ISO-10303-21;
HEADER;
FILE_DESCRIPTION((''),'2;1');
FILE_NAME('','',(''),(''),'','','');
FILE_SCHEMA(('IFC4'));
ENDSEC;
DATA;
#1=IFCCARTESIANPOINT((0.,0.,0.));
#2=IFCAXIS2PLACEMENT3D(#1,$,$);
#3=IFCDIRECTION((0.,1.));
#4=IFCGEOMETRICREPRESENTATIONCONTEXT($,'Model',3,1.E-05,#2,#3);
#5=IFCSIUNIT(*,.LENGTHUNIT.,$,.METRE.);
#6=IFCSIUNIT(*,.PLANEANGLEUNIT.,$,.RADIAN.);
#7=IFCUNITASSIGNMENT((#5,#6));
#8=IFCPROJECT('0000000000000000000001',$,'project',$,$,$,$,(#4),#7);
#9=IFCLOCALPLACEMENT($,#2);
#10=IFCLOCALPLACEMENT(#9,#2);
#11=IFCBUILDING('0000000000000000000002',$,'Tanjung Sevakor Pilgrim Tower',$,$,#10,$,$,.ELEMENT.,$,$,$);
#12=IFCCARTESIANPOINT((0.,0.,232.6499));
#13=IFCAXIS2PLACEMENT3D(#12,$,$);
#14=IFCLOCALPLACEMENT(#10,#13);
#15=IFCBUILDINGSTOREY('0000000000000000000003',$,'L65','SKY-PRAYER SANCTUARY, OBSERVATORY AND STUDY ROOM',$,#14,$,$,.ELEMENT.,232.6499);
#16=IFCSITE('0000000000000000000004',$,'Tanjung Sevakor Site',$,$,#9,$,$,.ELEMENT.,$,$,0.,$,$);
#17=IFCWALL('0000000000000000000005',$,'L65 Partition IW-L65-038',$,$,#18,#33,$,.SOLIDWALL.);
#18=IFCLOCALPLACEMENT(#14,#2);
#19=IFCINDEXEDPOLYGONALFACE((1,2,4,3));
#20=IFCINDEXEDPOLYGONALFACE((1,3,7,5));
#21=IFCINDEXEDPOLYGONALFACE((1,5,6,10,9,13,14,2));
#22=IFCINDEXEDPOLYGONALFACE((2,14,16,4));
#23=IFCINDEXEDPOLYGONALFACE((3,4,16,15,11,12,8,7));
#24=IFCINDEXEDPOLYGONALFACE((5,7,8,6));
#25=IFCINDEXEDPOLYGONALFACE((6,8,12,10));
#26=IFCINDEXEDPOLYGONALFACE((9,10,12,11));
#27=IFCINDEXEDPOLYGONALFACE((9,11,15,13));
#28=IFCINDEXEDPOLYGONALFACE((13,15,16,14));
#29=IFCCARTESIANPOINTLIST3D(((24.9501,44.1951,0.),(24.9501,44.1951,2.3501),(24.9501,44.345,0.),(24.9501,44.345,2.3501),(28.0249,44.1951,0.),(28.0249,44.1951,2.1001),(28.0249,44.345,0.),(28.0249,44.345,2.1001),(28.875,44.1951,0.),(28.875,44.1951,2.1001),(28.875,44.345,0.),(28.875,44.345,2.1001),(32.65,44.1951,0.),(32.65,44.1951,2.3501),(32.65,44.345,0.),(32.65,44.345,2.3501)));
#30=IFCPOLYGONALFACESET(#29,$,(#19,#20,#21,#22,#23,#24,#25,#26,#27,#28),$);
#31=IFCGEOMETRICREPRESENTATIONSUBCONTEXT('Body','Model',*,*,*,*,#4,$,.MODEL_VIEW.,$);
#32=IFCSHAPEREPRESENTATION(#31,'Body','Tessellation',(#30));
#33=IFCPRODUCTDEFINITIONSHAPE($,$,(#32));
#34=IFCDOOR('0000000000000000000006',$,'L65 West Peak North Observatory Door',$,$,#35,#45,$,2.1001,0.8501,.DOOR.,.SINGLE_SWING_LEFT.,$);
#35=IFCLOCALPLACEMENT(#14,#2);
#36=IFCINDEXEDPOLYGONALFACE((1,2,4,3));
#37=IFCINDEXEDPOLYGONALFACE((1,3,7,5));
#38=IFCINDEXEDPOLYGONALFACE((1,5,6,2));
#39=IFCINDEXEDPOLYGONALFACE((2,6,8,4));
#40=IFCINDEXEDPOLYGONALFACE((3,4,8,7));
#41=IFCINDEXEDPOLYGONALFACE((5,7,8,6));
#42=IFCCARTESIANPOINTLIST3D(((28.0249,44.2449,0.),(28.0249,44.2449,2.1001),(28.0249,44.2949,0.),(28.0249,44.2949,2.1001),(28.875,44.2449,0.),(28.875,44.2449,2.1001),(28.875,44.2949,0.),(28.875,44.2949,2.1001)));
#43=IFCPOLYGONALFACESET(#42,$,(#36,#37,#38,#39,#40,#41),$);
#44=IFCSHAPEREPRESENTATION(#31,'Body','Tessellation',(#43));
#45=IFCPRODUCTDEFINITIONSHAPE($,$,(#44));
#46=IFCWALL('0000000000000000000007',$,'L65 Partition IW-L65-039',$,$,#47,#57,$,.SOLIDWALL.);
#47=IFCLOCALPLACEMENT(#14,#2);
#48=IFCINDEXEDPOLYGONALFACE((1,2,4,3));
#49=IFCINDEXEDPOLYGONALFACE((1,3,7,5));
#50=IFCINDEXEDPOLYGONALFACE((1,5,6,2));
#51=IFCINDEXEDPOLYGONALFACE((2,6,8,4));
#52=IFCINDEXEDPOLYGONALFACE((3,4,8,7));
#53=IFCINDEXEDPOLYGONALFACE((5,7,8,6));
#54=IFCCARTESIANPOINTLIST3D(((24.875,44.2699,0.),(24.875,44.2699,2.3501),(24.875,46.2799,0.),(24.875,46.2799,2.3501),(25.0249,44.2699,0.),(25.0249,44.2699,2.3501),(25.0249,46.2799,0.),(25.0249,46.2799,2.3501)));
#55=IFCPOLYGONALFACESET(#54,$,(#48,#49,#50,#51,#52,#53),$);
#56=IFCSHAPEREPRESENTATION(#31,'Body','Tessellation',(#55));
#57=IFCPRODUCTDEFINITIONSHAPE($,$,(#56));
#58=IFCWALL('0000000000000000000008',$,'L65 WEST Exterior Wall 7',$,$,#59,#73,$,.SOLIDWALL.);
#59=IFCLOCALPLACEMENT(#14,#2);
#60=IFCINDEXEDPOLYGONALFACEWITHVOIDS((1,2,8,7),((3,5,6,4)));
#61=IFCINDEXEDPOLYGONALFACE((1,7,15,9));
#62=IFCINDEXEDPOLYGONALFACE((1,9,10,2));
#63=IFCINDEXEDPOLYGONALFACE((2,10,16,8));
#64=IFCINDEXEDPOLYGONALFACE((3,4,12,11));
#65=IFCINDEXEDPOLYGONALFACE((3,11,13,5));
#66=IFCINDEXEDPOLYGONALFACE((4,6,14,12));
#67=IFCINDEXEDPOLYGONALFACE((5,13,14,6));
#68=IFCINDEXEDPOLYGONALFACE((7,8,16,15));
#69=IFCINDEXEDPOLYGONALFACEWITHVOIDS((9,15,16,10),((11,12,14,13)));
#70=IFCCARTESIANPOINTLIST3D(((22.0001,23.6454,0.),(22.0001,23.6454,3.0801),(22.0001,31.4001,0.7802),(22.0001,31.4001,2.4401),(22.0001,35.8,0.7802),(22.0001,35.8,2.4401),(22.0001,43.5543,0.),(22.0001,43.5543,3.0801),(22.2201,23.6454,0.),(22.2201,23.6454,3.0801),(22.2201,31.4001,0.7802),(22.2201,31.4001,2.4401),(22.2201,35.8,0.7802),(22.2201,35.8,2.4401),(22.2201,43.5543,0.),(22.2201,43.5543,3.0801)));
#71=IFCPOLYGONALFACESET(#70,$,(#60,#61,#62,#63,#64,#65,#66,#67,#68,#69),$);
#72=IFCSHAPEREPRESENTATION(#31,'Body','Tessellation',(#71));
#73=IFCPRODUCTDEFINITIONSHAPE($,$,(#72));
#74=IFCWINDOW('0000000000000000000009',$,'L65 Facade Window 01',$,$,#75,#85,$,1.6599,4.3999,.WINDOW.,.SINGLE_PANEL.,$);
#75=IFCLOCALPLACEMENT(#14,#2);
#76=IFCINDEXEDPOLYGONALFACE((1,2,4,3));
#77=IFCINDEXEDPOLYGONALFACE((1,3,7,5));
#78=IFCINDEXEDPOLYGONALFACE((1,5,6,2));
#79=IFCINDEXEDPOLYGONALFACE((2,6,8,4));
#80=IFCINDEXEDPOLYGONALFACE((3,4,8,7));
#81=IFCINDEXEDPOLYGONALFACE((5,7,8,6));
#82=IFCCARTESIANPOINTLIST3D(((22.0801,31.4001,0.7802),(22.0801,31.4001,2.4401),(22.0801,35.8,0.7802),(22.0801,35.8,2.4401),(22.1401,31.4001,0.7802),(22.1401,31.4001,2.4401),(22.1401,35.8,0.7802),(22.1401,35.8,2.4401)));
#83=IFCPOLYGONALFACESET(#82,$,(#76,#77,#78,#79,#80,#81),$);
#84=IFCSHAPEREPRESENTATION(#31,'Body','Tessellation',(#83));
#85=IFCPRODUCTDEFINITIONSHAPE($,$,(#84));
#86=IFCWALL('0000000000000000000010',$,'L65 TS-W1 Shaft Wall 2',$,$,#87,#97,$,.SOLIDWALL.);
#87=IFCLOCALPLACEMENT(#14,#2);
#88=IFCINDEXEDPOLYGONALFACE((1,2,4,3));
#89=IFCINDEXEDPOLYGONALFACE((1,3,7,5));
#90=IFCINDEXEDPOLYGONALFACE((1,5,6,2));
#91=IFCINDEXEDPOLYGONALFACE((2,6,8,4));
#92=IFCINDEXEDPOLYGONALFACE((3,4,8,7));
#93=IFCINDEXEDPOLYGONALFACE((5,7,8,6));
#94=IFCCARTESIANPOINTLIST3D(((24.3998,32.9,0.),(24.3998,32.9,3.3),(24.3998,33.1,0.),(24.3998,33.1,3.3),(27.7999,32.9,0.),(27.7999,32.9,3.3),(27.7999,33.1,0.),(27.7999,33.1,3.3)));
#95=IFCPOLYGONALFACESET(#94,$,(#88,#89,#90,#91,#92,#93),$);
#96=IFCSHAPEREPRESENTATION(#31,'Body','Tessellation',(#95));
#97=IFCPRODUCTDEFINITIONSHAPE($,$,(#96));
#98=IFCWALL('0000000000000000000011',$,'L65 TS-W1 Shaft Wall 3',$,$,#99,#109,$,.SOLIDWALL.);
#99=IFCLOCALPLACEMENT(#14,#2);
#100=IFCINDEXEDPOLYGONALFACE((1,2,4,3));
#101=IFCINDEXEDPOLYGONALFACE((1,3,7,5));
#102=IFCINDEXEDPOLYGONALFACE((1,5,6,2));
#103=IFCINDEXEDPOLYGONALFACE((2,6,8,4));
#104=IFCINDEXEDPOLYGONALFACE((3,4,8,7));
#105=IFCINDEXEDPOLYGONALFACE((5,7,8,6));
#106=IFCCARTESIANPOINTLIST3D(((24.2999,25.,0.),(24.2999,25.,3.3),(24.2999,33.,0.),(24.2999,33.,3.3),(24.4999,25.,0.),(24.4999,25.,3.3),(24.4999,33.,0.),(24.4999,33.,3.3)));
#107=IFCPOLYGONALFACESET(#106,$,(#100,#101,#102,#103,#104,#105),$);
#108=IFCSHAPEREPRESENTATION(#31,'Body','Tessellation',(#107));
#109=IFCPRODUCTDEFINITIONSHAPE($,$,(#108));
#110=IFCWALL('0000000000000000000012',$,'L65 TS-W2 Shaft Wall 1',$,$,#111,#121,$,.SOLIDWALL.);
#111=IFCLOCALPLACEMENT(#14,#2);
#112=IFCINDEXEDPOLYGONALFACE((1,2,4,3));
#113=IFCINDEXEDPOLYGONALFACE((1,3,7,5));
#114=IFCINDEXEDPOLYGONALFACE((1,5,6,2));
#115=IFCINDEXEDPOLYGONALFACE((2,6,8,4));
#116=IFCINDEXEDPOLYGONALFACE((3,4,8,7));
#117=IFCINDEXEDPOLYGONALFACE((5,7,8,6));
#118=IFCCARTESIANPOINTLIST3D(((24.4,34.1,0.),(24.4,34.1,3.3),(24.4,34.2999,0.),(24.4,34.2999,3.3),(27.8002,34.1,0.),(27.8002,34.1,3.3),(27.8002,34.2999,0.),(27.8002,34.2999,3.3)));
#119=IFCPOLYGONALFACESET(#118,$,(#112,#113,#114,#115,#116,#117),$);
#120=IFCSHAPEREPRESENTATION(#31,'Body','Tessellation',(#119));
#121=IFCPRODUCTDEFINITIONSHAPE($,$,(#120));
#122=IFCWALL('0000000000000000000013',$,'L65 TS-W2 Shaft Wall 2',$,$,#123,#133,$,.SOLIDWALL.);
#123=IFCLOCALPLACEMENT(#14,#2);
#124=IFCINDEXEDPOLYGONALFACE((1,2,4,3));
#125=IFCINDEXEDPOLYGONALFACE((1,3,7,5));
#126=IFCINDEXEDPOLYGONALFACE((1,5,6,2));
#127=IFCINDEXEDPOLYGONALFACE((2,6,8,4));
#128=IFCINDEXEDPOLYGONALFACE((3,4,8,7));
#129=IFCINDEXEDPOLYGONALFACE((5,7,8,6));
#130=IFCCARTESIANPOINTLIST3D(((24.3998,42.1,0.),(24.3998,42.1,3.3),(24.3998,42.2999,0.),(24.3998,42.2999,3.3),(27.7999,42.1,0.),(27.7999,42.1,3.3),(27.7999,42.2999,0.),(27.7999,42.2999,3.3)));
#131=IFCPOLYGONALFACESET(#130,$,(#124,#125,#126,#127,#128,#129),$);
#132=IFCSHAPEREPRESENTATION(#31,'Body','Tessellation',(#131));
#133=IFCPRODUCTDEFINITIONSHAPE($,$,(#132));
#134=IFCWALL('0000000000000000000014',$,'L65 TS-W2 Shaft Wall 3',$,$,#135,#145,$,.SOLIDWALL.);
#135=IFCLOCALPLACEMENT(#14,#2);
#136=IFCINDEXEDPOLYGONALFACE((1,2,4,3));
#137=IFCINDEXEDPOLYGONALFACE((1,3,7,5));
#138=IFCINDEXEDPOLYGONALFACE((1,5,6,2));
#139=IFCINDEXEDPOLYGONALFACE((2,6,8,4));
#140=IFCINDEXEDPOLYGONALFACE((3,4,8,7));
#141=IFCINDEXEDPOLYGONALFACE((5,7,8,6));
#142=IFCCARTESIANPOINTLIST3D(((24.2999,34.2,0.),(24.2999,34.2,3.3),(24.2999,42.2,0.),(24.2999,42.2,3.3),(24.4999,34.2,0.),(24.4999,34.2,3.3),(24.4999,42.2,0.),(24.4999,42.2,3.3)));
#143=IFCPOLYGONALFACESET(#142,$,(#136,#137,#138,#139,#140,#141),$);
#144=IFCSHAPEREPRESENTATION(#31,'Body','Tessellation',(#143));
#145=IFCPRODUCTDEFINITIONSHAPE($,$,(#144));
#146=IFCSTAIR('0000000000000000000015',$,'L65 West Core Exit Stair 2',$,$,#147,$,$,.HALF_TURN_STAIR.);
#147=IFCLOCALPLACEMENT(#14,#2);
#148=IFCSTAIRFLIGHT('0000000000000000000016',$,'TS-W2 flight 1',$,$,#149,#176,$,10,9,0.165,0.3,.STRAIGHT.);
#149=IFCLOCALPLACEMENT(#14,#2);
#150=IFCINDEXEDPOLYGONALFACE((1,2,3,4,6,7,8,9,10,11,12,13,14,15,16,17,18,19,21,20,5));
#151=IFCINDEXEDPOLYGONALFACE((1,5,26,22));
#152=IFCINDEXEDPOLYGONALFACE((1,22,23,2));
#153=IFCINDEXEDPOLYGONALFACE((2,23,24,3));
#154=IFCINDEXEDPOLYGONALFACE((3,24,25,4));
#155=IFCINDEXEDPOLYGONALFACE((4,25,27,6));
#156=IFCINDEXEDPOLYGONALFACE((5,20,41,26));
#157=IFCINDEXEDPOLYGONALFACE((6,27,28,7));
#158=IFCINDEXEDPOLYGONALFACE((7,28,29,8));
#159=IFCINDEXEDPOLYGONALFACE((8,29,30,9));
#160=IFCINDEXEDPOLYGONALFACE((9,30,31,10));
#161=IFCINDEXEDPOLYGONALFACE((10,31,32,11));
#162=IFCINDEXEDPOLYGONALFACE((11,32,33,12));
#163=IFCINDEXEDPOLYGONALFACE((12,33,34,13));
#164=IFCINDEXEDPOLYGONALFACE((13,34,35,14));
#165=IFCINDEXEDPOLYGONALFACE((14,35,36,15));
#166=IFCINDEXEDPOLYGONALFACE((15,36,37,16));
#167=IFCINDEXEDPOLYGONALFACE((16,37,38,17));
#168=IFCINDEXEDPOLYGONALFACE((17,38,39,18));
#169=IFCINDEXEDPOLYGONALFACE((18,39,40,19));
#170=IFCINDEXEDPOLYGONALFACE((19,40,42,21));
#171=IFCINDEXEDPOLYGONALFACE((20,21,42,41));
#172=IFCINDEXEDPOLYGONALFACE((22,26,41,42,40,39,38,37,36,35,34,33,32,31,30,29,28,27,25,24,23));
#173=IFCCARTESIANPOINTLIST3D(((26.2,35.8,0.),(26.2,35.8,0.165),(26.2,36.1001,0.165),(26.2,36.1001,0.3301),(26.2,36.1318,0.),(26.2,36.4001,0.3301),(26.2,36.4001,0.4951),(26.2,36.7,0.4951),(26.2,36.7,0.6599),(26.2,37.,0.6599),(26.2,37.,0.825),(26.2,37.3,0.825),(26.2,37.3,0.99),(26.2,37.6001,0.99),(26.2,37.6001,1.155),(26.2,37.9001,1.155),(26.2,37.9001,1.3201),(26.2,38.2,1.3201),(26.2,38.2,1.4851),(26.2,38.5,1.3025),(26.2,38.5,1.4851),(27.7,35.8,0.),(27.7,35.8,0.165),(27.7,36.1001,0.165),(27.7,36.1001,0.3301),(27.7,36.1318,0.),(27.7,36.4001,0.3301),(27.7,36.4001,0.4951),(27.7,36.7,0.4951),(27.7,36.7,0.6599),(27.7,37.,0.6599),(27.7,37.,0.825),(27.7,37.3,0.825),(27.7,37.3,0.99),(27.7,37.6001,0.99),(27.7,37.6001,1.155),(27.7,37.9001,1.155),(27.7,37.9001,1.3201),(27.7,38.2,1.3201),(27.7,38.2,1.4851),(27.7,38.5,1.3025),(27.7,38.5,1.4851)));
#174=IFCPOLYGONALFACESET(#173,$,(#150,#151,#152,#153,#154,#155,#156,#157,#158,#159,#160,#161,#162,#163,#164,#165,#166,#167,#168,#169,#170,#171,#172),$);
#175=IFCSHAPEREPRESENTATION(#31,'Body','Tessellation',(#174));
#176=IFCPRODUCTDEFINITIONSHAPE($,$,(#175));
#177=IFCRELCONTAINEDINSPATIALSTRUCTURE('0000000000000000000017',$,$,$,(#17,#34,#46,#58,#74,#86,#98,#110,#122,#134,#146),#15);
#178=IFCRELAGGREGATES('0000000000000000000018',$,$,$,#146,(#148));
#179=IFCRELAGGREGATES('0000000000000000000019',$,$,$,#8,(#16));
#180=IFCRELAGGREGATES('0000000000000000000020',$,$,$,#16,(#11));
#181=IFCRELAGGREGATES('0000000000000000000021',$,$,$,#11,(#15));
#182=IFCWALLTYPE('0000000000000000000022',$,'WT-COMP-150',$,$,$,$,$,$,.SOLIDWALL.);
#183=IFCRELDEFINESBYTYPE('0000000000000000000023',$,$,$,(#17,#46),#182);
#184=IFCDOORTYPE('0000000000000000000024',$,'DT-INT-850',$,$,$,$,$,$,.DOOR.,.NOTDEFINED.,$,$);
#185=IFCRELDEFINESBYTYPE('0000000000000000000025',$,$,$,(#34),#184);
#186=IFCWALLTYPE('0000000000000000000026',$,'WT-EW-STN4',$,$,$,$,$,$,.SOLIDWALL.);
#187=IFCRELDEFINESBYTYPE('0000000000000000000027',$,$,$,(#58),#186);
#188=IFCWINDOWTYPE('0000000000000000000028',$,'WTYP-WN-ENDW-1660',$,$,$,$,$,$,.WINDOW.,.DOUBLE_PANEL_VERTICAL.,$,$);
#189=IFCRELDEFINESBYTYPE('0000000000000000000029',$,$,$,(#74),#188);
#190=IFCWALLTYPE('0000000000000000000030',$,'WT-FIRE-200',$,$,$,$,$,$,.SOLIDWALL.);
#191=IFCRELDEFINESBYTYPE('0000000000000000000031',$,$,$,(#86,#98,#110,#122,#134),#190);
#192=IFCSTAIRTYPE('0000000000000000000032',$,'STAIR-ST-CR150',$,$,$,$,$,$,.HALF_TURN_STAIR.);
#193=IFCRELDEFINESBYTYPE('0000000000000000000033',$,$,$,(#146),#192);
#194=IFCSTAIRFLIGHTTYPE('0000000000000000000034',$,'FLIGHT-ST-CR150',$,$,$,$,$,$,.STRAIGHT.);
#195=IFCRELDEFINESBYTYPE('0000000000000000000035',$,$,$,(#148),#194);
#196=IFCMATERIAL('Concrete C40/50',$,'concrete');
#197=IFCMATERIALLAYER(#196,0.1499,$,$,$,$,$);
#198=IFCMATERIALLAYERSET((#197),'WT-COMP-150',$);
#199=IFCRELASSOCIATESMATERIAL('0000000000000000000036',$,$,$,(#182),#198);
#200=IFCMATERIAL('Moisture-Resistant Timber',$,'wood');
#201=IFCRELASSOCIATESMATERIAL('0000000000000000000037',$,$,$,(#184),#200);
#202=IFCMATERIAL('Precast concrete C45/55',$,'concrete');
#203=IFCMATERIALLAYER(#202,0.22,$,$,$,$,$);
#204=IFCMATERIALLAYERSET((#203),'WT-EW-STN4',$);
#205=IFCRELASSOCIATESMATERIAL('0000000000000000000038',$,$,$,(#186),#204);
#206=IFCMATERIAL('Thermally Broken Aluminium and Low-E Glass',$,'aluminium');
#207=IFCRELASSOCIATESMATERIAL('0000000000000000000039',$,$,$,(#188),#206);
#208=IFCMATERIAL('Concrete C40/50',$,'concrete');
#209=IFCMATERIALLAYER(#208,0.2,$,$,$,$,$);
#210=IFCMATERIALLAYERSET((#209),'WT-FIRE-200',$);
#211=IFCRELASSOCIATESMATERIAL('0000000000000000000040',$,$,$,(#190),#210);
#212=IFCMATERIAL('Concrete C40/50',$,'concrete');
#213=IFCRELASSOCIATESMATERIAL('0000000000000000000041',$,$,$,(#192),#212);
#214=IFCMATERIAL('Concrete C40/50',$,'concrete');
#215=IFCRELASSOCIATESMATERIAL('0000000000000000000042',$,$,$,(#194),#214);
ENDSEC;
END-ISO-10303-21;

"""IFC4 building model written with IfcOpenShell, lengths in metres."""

from ifc_helpers import new_model, si_unit, direction, frame, frame_2d, origin, place, context, subcontext, project, spatial, polyline, rectangle, outline, extrude, material, layer, layer_set, type_object, element, fill, aggregate, save


model = new_model("IFC4")

# Units and contexts
model_context = context("Model", 3, precision=1e-05, world=origin(), true_north=direction((0.0, 1.0)))
body_context = subcontext(model_context, "Body", "Model", "MODEL_VIEW")
ifc_project = project(units=[si_unit("LENGTHUNIT", "METRE"), si_unit("PLANEANGLEUNIT", "RADIAN")], contexts=[model_context])

# Site, building, storey
site_placement = place(None, origin())
site = spatial("IfcSite", under=ifc_project, at=site_placement, Name="Tanjung Sevakor Site", CompositionType="ELEMENT", RefElevation=0.0)
building_placement = place(site_placement, origin())
building = spatial("IfcBuilding", under=site, at=building_placement, Name="Tanjung Sevakor Pilgrim Tower", CompositionType="ELEMENT")
storey_placement = place(building_placement, frame((0.0, 0.0, 232.6499)))
storey = spatial("IfcBuildingStorey", under=building, at=storey_placement, Name="L65", Description="SKY-PRAYER SANCTUARY, OBSERVATORY AND STUDY ROOM", CompositionType="ELEMENT", Elevation=232.6499)

# Shared definitions
ifc_material_1 = material(Name="Concrete C40/50", Category="concrete")
ifc_layer_1 = layer(ifc_material_1, 0.1499)
ifc_layer_set_1 = layer_set([ifc_layer_1], Name="WT-COMP-150")
wall_type_1 = type_object("IfcWallType", Name="WT-COMP-150", PredefinedType="SOLIDWALL", material=ifc_layer_set_1)

# Wall, opening, door
wall_1_placement = place(storey_placement, frame((24.95, 44.27, 0.0), z_axis=(0.0, 0.0, 1.0), x_axis=(1.0, 0.0, 0.0)))
wall_1 = element("IfcWall", 1, at=wall_1_placement, inside=storey, type_object=wall_type_1, Name="L65 Partition IW-L65-038", PredefinedType="SOLIDWALL", context=body_context, shape_type="SweptSolid", body=[
    extrude(rectangle(XDim=7.7, YDim=0.1499, at=frame_2d((3.8501, 0.0))), origin(), (0.0, 0.0, 1.0), 2.3501),
])
opening_1_placement = place(wall_1_placement, frame((3.075, 0.0, 0.0)))
opening_1 = element("IfcOpeningElement", 2, at=opening_1_placement, cuts=wall_1, PredefinedType="OPENING", context=body_context, shape_type="SweptSolid", body=[
    extrude(rectangle(XDim=0.8501, YDim=2.1001, at=frame_2d((0.425, 1.05))), frame((0.0, 0.085, 0.0), z_axis=(0.0, -1.0, 0.0), x_axis=(1.0, 0.0, 0.0)), (0.0, 0.0, 1.0), 0.1699),
])
ifc_material_2 = material(Name="Moisture-Resistant Timber", Category="wood")
door_type_1 = type_object("IfcDoorType", Name="DT-INT-850", OperationType="NOTDEFINED", PredefinedType="DOOR", material=ifc_material_2)
door_1_placement = place(opening_1_placement, origin())
door_1 = element("IfcDoor", 3, at=door_1_placement, inside=storey, type_object=door_type_1, Name="L65 West Peak North Observatory Door", OperationType="SINGLE_SWING_LEFT", OverallHeight=2.1001, OverallWidth=0.8501, PredefinedType="DOOR", context=body_context, shape_type="SweptSolid", body=[
    extrude(rectangle(XDim=0.8501, YDim=2.1001, at=frame_2d((0.425, 1.05))), frame((0.0, 0.0249, 0.0), z_axis=(0.0, -1.0, 0.0), x_axis=(1.0, 0.0, 0.0)), (0.0, 0.0, 1.0), 0.05),
])
fill(opening_1, door_1)

# Wall
wall_2_placement = place(storey_placement, frame((24.95, 44.27, 0.0), z_axis=(0.0, 0.0, 1.0), x_axis=(0.0, 1.0, 0.0)))
element("IfcWall", 4, at=wall_2_placement, inside=storey, type_object=wall_type_1, Name="L65 Partition IW-L65-039", PredefinedType="SOLIDWALL", context=body_context, shape_type="SweptSolid", body=[
    extrude(rectangle(XDim=2.01, YDim=0.1499, at=frame_2d((1.0049, 0.0))), origin(), (0.0, 0.0, 1.0), 2.3501),
])

# Wall, opening, window
ifc_material_3 = material(Name="Precast concrete C45/55", Category="concrete")
ifc_layer_2 = layer(ifc_material_3, 0.22)
ifc_layer_set_2 = layer_set([ifc_layer_2], Name="WT-EW-STN4")
wall_type_2 = type_object("IfcWallType", Name="WT-EW-STN4", PredefinedType="SOLIDWALL", material=ifc_layer_set_2)
wall_3_placement = place(storey_placement, frame((22.1101, 43.5544, 0.0), z_axis=(0.0, 0.0, 1.0), x_axis=(0.0, -1.0, 0.0)))
wall_3 = element("IfcWall", 5, at=wall_3_placement, inside=storey, type_object=wall_type_2, Name="L65 WEST Exterior Wall 7", PredefinedType="SOLIDWALL", context=body_context, shape_type="SweptSolid", body=[
    extrude(rectangle(XDim=19.9089, YDim=0.22, at=frame_2d((9.9546, 0.0))), origin(), (0.0, 0.0, 1.0), 3.0801),
])
opening_2_placement = place(wall_3_placement, frame((7.7544, 0.0, 0.78)))
opening_2 = element("IfcOpeningElement", 6, at=opening_2_placement, cuts=wall_3, PredefinedType="OPENING", context=body_context, shape_type="SweptSolid", body=[
    extrude(rectangle(XDim=4.3999, YDim=1.6599, at=frame_2d((2.2, 0.8301))), frame((0.0, 0.1199, 0.0), z_axis=(0.0, -1.0, 0.0), x_axis=(1.0, 0.0, 0.0)), (0.0, 0.0, 1.0), 0.24),
])
ifc_material_4 = material(Name="Thermally Broken Aluminium and Low-E Glass", Category="aluminium")
window_type = type_object("IfcWindowType", Name="WTYP-WN-ENDW-1660", PartitioningType="DOUBLE_PANEL_VERTICAL", PredefinedType="WINDOW", material=ifc_material_4)
window_placement = place(opening_2_placement, origin())
window = element("IfcWindow", 7, at=window_placement, inside=storey, type_object=window_type, Name="L65 Facade Window 01", OverallHeight=1.6599, OverallWidth=4.3999, PartitioningType="SINGLE_PANEL", PredefinedType="WINDOW", context=body_context, shape_type="SweptSolid", body=[
    extrude(rectangle(XDim=4.3999, YDim=1.6599, at=frame_2d((2.2, 0.8301))), frame((0.0, 0.03, 0.0), z_axis=(0.0, -1.0, 0.0), x_axis=(1.0, 0.0, 0.0)), (0.0, 0.0, 1.0), 0.0601),
])
fill(opening_2, window)

# Walls
ifc_material_5 = material(Name="Concrete C40/50", Category="concrete")
ifc_layer_3 = layer(ifc_material_5, 0.2)
ifc_layer_set_3 = layer_set([ifc_layer_3], Name="WT-FIRE-200")
wall_type_3 = type_object("IfcWallType", Name="WT-FIRE-200", PredefinedType="SOLIDWALL", material=ifc_layer_set_3)
wall_4_placement = place(storey_placement, frame((27.8, 33.0, 0.0), z_axis=(0.0, 0.0, 1.0), x_axis=(-1.0, 0.0, 0.0)))
element("IfcWall", 8, at=wall_4_placement, inside=storey, type_object=wall_type_3, Name="L65 TS-W1 Shaft Wall 2", PredefinedType="SOLIDWALL", context=body_context, shape_type="SweptSolid", body=[
    extrude(rectangle(XDim=3.4001, YDim=0.2, at=frame_2d((1.7002, 0.0))), origin(), (0.0, 0.0, 1.0), 3.3),
])
wall_5_placement = place(storey_placement, frame((24.3999, 33.0, 0.0), z_axis=(0.0, 0.0, 1.0), x_axis=(0.0, -1.0, 0.0)))
element("IfcWall", 9, at=wall_5_placement, inside=storey, type_object=wall_type_3, Name="L65 TS-W1 Shaft Wall 3", PredefinedType="SOLIDWALL", context=body_context, shape_type="SweptSolid", body=[
    extrude(rectangle(XDim=8.0, YDim=0.2, at=frame_2d((4.0, 0.0))), origin(), (0.0, 0.0, 1.0), 3.3),
])
for number, where, z_axis, x_axis, name in (
    (10, (24.3999, 34.2, 0.0), (0.0, 0.0, 1.0), (1.0, 0.0, 0.0), "L65 TS-W2 Shaft Wall 1"),
    (11, (27.8, 42.2, 0.0), (0.0, 0.0, 1.0), (-1.0, 0.0, 0.0), "L65 TS-W2 Shaft Wall 2"),
):
    element("IfcWall", number, at=place(storey_placement, frame(where, z_axis=z_axis, x_axis=x_axis)), inside=storey, type_object=wall_type_3, Name=name, PredefinedType="SOLIDWALL", context=body_context, shape_type="SweptSolid", body=[
        extrude(rectangle(XDim=3.4001, YDim=0.2, at=frame_2d((1.7002, 0.0))), origin(), (0.0, 0.0, 1.0), 3.3),
    ])
wall_6_placement = place(storey_placement, frame((24.3999, 42.2, 0.0), z_axis=(0.0, 0.0, 1.0), x_axis=(0.0, -1.0, 0.0)))
element("IfcWall", 12, at=wall_6_placement, inside=storey, type_object=wall_type_3, Name="L65 TS-W2 Shaft Wall 3", PredefinedType="SOLIDWALL", context=body_context, shape_type="SweptSolid", body=[
    extrude(rectangle(XDim=8.0, YDim=0.2, at=frame_2d((4.0, 0.0))), origin(), (0.0, 0.0, 1.0), 3.3),
])

# Stair, stair flight
ifc_material_6 = material(Name="Concrete C40/50", Category="concrete")
stair_type = type_object("IfcStairType", Name="STAIR-ST-CR150", PredefinedType="HALF_TURN_STAIR", material=ifc_material_6)
stair_placement = place(storey_placement, origin())
stair = element("IfcStair", 13, at=stair_placement, inside=storey, type_object=stair_type, Name="L65 West Core Exit Stair 2", PredefinedType="HALF_TURN_STAIR")
ifc_material_7 = material(Name="Concrete C40/50", Category="concrete")
stair_flight_type = type_object("IfcStairFlightType", Name="FLIGHT-ST-CR150", PredefinedType="STRAIGHT", material=ifc_material_7)
stair_flight_1_placement = place(storey_placement, frame((26.95, 35.8, 0.0), z_axis=(0.0, 0.0, 1.0), x_axis=(0.0, 1.0, 0.0)))
stair_flight_1 = element("IfcStairFlight", 14, at=stair_flight_1_placement, type_object=stair_flight_type, Name="TS-W2 flight 1", NumberOfRisers=10, NumberOfTreads=9, PredefinedType="STRAIGHT", RiserHeight=0.165, TreadLength=0.3, context=body_context, shape_type="SweptSolid", body=[
    extrude(outline(polyline([(0.0, 0.0), (0.0, 0.165), (0.3, 0.165), (0.3, 0.3301), (0.6001, 0.3301), (0.6001, 0.4951), (0.8999, 0.4951), (0.8999, 0.6599), (1.2, 0.6599), (1.2, 0.825), (1.5, 0.825), (1.5, 0.99), (1.8, 0.99), (1.8, 1.155), (2.1001, 1.155), (2.1001, 1.3201), (2.3999, 1.3201), (2.3999, 1.4851), (2.7, 1.4851), (2.7, 1.6499), (2.7, 1.3025), (0.3318, 0.0), (0.0, 0.0)])), frame((0.0, 0.75, 0.0), z_axis=(0.0, -1.0, 0.0), x_axis=(1.0, 0.0, 0.0)), (0.0, 0.0, 1.0), 1.5),
])
aggregate(stair, [stair_flight_1])

save(model, "model.ifc")
